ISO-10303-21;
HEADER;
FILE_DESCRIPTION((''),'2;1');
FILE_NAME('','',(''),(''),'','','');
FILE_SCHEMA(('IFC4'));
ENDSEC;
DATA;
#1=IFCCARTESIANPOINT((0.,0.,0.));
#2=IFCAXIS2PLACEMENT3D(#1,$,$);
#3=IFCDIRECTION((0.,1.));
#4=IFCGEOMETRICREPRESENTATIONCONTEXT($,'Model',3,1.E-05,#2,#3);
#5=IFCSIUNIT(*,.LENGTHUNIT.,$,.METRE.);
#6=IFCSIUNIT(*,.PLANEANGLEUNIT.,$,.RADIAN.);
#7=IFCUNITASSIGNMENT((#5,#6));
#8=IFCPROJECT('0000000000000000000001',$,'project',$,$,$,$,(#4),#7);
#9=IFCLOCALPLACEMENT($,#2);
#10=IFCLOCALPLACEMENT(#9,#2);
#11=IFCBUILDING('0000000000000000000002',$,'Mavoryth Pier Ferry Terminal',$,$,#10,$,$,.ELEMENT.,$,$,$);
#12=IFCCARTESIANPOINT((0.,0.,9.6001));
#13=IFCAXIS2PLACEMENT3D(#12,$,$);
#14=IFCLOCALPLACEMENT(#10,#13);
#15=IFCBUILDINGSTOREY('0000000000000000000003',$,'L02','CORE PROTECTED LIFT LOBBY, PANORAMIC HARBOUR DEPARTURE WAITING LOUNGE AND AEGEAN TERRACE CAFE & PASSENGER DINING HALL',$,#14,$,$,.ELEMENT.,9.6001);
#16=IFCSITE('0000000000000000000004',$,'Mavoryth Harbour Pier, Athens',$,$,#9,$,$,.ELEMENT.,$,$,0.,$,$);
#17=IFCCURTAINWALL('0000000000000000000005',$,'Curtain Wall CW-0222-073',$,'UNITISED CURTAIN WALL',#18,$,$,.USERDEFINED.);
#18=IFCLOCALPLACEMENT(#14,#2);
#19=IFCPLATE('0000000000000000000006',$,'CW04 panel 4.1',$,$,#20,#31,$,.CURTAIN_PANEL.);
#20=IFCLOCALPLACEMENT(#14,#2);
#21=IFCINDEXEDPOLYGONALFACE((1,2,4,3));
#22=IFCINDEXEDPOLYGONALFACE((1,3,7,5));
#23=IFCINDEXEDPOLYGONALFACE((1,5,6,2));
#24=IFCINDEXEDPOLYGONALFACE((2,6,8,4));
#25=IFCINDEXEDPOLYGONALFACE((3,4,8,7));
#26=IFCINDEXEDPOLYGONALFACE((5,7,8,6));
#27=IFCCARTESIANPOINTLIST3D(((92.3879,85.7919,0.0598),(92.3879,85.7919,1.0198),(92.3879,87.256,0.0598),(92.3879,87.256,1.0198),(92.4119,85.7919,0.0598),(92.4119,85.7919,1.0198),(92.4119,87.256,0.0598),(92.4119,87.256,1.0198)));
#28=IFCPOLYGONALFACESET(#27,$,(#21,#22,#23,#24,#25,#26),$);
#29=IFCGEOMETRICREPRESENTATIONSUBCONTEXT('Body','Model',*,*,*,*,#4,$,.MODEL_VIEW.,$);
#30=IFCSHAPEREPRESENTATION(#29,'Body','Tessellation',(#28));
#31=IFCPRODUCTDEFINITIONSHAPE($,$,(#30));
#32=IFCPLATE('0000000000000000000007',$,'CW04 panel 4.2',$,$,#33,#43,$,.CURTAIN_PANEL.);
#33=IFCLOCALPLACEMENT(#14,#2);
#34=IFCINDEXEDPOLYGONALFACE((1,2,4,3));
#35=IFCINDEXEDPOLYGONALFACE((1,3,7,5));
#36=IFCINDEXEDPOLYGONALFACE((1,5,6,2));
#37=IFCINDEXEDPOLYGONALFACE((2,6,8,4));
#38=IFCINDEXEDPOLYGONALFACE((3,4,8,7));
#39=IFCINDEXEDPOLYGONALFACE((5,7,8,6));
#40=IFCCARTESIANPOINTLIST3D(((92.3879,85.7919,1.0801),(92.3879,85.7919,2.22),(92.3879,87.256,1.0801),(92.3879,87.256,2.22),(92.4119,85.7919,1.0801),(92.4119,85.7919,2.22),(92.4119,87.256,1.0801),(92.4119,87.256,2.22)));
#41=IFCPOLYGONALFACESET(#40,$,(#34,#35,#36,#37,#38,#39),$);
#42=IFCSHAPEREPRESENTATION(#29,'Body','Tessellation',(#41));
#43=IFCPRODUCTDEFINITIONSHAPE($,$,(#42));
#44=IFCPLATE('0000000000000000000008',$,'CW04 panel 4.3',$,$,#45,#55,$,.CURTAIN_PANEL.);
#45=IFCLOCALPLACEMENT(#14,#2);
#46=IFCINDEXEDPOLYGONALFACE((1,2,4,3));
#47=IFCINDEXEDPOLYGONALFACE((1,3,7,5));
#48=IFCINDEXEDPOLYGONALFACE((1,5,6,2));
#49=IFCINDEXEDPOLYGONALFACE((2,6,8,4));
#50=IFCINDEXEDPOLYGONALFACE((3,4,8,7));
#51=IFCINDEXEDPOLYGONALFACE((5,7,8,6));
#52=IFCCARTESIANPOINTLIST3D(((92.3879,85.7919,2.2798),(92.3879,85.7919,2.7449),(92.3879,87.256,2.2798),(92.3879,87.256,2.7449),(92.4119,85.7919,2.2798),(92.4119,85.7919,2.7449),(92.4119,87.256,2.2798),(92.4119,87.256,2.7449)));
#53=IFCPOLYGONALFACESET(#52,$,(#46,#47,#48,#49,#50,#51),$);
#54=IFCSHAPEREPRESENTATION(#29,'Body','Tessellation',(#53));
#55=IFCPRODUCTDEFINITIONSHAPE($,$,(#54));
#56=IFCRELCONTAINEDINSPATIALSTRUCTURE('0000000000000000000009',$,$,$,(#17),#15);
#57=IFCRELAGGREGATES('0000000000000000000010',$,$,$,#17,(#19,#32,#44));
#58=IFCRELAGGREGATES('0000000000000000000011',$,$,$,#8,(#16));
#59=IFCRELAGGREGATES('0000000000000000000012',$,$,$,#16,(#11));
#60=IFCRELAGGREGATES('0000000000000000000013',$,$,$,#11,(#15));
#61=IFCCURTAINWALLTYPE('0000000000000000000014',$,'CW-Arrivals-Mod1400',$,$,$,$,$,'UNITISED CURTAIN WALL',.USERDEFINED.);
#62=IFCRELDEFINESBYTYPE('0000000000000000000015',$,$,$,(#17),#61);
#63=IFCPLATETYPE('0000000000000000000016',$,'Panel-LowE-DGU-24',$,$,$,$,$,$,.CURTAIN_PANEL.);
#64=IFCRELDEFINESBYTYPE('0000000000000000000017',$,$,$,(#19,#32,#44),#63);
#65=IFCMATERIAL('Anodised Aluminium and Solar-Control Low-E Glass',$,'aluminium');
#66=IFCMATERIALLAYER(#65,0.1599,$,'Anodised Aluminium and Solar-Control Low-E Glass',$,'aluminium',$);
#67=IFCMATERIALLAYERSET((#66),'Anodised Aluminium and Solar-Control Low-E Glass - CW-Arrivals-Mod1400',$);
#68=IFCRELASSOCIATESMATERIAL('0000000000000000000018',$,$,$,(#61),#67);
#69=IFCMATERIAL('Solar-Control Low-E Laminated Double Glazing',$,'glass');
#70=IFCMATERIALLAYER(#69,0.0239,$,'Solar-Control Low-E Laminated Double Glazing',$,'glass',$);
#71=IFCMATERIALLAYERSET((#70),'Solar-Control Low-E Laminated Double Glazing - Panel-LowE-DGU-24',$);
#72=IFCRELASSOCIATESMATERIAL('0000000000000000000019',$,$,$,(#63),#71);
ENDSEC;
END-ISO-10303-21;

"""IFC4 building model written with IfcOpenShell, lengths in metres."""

from ifc_helpers import new_model, si_unit, direction, frame, origin, origin_2d, place, context, subcontext, project, spatial, rectangle, extrude, material, layer, layer_set, type_object, element, aggregate, save


model = new_model("IFC4")

# Units and contexts
model_context = context("Model", 3, precision=1e-05, world=origin(), true_north=direction((0.0, 1.0)))
body_context = subcontext(model_context, "Body", "Model", "MODEL_VIEW")
ifc_project = project(units=[si_unit("LENGTHUNIT", "METRE"), si_unit("PLANEANGLEUNIT", "RADIAN")], contexts=[model_context])

# Site, building, storey
site_placement = place(None, origin())
site = spatial("IfcSite", under=ifc_project, at=site_placement, Name="Mavoryth Harbour Pier, Athens", CompositionType="ELEMENT", RefElevation=0.0)
building_placement = place(site_placement, origin())
building = spatial("IfcBuilding", under=site, at=building_placement, Name="Mavoryth Pier Ferry Terminal", CompositionType="ELEMENT")
storey_placement = place(building_placement, frame((0.0, 0.0, 9.6001)))
storey = spatial("IfcBuildingStorey", under=building, at=storey_placement, Name="L02", Description="CORE PROTECTED LIFT LOBBY, PANORAMIC HARBOUR DEPARTURE WAITING LOUNGE AND AEGEAN TERRACE CAFE & PASSENGER DINING HALL", CompositionType="ELEMENT", Elevation=9.6001)

# Curtain wall, plates
ifc_material_1 = material(Name="Anodised Aluminium and Solar-Control Low-E Glass", Category="aluminium")
ifc_layer_1 = layer(ifc_material_1, 0.1599, Name="Anodised Aluminium and Solar-Control Low-E Glass", Category="aluminium")
ifc_layer_set_1 = layer_set([ifc_layer_1], Name="Anodised Aluminium and Solar-Control Low-E Glass - CW-Arrivals-Mod1400")
curtain_wall_type = type_object("IfcCurtainWallType", Name="CW-Arrivals-Mod1400", ElementType="UNITISED CURTAIN WALL", PredefinedType="USERDEFINED", material=ifc_layer_set_1)
curtain_wall_placement = place(storey_placement, origin())
curtain_wall = element("IfcCurtainWall", 1, at=curtain_wall_placement, inside=storey, type_object=curtain_wall_type, Name="Curtain Wall CW-0222-073", ObjectType="UNITISED CURTAIN WALL", PredefinedType="USERDEFINED")
ifc_material_2 = material(Name="Solar-Control Low-E Laminated Double Glazing", Category="glass")
ifc_layer_2 = layer(ifc_material_2, 0.0239, Name="Solar-Control Low-E Laminated Double Glazing", Category="glass")
ifc_layer_set_2 = layer_set([ifc_layer_2], Name="Solar-Control Low-E Laminated Double Glazing - Panel-LowE-DGU-24")
plate_type = type_object("IfcPlateType", Name="Panel-LowE-DGU-24", PredefinedType="CURTAIN_PANEL", material=ifc_layer_set_2)
plate_1_placement = place(storey_placement, frame((92.3999, 86.5239, 0.0598), z_axis=(0.0, 0.0, 1.0), x_axis=(0.0, 1.0, 0.0)))
plate_1 = element("IfcPlate", 2, at=plate_1_placement, type_object=plate_type, Name="CW04 panel 4.1", PredefinedType="CURTAIN_PANEL", context=body_context, shape_type="SweptSolid", body=[
    extrude(rectangle(XDim=1.4641, YDim=0.0239, at=origin_2d()), origin(), (0.0, 0.0, 1.0), 0.96),
])
plate_2_placement = place(storey_placement, frame((92.3999, 86.5239, 1.0801), z_axis=(0.0, 0.0, 1.0), x_axis=(0.0, 1.0, 0.0)))
plate_2 = element("IfcPlate", 3, at=plate_2_placement, type_object=plate_type, Name="CW04 panel 4.2", PredefinedType="CURTAIN_PANEL", context=body_context, shape_type="SweptSolid", body=[
    extrude(rectangle(XDim=1.4641, YDim=0.0239, at=origin_2d()), origin(), (0.0, 0.0, 1.0), 1.1399),
])
plate_3_placement = place(storey_placement, frame((92.3999, 86.5239, 2.2798), z_axis=(0.0, 0.0, 1.0), x_axis=(0.0, 1.0, 0.0)))
plate_3 = element("IfcPlate", 4, at=plate_3_placement, type_object=plate_type, Name="CW04 panel 4.3", PredefinedType="CURTAIN_PANEL", context=body_context, shape_type="SweptSolid", body=[
    extrude(rectangle(XDim=1.4641, YDim=0.0239, at=origin_2d()), origin(), (0.0, 0.0, 1.0), 0.4651),
])
aggregate(curtain_wall, [plate_1, plate_2, plate_3])

save(model, "model.ifc")
